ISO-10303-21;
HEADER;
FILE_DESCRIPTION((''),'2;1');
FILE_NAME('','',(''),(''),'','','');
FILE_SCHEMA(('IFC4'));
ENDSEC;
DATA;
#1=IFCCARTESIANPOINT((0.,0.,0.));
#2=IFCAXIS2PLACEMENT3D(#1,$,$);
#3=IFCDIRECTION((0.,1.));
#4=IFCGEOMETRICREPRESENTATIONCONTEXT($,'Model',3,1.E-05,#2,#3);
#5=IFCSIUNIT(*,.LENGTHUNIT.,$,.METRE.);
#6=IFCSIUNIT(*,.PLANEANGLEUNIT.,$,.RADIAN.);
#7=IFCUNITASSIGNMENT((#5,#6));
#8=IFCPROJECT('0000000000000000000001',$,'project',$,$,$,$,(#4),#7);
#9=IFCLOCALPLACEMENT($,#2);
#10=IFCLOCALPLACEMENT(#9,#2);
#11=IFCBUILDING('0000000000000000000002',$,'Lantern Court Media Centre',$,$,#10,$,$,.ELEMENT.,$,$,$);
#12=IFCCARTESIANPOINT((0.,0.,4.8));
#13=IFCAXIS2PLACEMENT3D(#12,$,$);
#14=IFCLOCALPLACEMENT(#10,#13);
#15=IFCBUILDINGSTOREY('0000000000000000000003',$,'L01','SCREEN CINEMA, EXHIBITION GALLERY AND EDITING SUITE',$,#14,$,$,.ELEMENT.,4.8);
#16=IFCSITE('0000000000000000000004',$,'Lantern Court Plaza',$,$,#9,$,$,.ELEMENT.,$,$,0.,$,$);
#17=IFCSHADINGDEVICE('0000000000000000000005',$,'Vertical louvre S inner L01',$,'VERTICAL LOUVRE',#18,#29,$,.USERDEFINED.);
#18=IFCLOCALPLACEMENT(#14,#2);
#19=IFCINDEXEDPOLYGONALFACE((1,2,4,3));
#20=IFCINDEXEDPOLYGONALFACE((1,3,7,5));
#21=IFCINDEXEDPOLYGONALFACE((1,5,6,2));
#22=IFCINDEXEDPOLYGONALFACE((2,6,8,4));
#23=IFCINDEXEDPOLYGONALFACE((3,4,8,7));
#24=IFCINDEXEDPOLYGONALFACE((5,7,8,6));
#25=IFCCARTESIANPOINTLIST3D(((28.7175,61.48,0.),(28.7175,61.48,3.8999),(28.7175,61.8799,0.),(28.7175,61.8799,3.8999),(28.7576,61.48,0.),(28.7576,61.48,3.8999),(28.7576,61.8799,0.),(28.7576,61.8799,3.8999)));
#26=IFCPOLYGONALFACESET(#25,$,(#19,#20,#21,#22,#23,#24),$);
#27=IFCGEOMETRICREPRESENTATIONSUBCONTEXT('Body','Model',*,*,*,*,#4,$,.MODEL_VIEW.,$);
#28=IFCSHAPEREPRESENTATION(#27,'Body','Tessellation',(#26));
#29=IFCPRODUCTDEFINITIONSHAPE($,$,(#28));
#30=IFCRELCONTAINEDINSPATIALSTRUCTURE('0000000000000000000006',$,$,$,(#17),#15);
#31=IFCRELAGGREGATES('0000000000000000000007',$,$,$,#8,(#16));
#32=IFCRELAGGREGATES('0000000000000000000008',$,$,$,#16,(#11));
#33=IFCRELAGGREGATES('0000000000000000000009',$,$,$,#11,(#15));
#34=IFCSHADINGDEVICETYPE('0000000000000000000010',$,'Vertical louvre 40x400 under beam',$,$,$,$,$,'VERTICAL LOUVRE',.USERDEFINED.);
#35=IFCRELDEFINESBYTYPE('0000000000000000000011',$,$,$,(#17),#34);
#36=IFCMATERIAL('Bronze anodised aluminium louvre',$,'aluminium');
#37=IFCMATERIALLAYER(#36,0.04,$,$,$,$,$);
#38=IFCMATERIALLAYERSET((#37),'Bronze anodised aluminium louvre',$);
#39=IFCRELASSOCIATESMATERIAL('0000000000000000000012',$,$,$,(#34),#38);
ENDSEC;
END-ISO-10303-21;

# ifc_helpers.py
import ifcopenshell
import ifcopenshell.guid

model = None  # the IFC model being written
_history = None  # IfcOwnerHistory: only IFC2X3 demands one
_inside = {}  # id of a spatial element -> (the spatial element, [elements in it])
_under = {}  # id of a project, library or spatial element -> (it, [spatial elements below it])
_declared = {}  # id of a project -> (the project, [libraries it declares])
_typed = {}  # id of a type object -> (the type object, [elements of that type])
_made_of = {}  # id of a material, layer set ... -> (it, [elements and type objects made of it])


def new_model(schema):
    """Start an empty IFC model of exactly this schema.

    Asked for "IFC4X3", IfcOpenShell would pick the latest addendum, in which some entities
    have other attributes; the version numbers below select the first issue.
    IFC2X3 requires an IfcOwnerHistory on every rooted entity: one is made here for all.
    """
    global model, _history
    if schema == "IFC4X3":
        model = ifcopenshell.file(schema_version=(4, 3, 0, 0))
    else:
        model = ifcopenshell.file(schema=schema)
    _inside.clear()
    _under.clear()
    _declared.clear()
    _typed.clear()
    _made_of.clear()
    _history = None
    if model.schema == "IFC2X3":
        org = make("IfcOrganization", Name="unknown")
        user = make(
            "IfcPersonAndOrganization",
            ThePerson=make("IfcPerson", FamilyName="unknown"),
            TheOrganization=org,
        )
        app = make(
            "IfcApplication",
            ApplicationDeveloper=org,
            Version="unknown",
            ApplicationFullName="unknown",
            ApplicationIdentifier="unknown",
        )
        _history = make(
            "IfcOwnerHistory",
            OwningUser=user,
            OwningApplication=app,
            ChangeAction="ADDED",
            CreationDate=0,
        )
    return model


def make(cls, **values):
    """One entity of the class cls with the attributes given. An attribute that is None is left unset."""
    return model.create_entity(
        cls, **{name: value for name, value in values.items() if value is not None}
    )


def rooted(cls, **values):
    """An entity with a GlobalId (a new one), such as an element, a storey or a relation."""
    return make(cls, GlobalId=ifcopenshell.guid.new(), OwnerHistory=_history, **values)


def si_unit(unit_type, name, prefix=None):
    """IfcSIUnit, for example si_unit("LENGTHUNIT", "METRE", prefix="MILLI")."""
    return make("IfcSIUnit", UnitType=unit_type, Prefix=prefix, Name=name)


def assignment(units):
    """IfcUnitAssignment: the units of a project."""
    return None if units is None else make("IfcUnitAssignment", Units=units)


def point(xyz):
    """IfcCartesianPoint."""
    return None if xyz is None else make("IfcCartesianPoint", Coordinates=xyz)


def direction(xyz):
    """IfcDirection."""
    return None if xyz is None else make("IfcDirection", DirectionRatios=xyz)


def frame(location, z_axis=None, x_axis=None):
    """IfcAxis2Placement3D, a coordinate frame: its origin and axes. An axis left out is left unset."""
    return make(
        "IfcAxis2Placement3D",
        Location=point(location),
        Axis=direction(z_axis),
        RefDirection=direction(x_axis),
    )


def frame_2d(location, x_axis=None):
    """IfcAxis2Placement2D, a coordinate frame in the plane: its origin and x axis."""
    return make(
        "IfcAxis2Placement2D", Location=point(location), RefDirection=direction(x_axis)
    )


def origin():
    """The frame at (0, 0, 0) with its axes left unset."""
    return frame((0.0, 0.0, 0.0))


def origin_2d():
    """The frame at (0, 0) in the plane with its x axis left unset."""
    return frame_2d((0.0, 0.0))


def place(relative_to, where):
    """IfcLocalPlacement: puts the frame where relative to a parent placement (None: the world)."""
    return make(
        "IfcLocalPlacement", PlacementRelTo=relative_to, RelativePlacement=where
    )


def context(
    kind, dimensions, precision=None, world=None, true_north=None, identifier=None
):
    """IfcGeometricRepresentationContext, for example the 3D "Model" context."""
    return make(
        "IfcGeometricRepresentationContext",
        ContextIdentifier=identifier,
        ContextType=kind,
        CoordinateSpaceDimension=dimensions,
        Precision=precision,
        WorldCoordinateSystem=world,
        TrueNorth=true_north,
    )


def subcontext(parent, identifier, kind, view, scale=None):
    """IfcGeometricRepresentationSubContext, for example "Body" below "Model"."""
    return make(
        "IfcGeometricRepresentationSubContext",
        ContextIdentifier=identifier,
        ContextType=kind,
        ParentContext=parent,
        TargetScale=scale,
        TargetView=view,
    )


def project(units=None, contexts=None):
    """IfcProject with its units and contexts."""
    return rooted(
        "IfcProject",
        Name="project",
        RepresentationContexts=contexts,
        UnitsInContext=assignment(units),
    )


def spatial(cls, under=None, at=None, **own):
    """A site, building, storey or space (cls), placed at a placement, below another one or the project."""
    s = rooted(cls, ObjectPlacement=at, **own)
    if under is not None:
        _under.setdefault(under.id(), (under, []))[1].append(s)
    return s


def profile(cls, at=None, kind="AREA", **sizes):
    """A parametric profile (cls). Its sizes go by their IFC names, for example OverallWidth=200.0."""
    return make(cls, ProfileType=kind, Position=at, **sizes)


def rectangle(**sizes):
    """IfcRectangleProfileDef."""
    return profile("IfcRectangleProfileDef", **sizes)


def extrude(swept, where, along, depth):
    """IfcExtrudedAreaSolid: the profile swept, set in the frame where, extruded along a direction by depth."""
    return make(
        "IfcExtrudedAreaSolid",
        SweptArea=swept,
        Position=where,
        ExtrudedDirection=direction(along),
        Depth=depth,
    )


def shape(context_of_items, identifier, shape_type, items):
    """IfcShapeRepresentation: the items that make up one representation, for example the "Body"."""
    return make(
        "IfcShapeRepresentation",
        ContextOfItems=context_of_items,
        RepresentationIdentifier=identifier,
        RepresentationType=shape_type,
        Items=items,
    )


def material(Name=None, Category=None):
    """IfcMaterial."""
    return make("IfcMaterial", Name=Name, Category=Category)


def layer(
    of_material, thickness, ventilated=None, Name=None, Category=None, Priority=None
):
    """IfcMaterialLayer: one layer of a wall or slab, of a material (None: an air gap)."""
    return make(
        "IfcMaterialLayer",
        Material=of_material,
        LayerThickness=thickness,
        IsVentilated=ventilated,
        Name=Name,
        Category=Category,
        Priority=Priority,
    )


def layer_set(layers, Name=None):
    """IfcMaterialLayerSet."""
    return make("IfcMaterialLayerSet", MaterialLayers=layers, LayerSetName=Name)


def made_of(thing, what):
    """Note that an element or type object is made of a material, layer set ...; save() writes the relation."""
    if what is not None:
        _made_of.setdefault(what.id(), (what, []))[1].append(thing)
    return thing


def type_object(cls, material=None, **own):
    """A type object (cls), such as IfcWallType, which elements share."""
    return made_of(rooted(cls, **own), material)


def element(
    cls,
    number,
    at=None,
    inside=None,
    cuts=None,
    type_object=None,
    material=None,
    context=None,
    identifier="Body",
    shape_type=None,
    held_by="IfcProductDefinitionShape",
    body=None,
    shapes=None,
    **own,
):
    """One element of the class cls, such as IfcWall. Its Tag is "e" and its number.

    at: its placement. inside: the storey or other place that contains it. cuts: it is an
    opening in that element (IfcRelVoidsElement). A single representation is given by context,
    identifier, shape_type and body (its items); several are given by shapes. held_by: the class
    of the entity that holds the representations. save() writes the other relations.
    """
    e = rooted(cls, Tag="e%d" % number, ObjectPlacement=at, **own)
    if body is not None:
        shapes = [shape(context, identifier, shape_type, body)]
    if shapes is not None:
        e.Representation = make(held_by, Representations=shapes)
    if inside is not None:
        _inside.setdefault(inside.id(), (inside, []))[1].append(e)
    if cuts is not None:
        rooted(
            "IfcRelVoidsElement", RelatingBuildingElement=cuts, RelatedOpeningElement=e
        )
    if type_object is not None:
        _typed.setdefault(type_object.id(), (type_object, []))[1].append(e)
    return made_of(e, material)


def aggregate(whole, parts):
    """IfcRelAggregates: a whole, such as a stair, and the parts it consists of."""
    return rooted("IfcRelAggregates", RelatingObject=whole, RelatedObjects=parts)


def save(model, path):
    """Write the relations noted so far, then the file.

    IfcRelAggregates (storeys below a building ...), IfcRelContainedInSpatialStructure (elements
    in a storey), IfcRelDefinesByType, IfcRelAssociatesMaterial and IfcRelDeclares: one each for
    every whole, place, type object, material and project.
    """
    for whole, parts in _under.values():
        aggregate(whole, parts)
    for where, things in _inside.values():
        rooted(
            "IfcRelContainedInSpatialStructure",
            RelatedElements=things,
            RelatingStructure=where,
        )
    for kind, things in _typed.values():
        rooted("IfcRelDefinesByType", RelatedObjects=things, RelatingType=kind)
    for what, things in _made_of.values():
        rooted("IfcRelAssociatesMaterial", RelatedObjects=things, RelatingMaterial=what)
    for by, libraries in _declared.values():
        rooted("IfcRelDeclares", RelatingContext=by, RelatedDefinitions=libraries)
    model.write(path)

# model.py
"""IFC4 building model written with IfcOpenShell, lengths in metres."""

from ifc_helpers import new_model, si_unit, direction, frame, origin, origin_2d, place, context, subcontext, project, spatial, rectangle, extrude, material, layer, layer_set, type_object, element, save


model = new_model("IFC4")

# Units and contexts
model_context = context("Model", 3, precision=1e-05, world=origin(), true_north=direction((0.0, 1.0)))
body_context = subcontext(model_context, "Body", "Model", "MODEL_VIEW")
ifc_project = project(units=[si_unit("LENGTHUNIT", "METRE"), si_unit("PLANEANGLEUNIT", "RADIAN")], contexts=[model_context])

# Site, building, storey
site_placement = place(None, origin())
site = spatial("IfcSite", under=ifc_project, at=site_placement, Name="Lantern Court Plaza", CompositionType="ELEMENT", RefElevation=0.0)
building_placement = place(site_placement, origin())
building = spatial("IfcBuilding", under=site, at=building_placement, Name="Lantern Court Media Centre", CompositionType="ELEMENT")
storey_placement = place(building_placement, frame((0.0, 0.0, 4.8)))
storey = spatial("IfcBuildingStorey", under=building, at=storey_placement, Name="L01", Description="SCREEN CINEMA, EXHIBITION GALLERY AND EDITING SUITE", CompositionType="ELEMENT", Elevation=4.8)

# Shading device
ifc_material_1 = material(Name="Bronze anodised aluminium louvre", Category="aluminium")
ifc_layer_1 = layer(ifc_material_1, 0.04)
ifc_layer_set_1 = layer_set([ifc_layer_1], Name="Bronze anodised aluminium louvre")
shading_device_type = type_object("IfcShadingDeviceType", Name="Vertical louvre 40x400 under beam", ElementType="VERTICAL LOUVRE", PredefinedType="USERDEFINED", material=ifc_layer_set_1)
for number, where, z_axis, x_axis, name in (
    (1, (28.7375, 61.6799, 0.0), (0.0, 0.0, 1.0), (1.0, 0.0, 0.0), "Vertical louvre S inner L01"),
):
    element("IfcShadingDevice", number, at=place(storey_placement, frame(where, z_axis=z_axis, x_axis=x_axis)), inside=storey, type_object=shading_device_type, Name=name, ObjectType="VERTICAL LOUVRE", PredefinedType="USERDEFINED", context=body_context, shape_type="SweptSolid", body=[
        extrude(rectangle(XDim=0.04, YDim=0.3999, at=origin_2d()), origin(), (0.0, 0.0, 1.0), 3.8999),
    ])

save(model, "model.ifc")
